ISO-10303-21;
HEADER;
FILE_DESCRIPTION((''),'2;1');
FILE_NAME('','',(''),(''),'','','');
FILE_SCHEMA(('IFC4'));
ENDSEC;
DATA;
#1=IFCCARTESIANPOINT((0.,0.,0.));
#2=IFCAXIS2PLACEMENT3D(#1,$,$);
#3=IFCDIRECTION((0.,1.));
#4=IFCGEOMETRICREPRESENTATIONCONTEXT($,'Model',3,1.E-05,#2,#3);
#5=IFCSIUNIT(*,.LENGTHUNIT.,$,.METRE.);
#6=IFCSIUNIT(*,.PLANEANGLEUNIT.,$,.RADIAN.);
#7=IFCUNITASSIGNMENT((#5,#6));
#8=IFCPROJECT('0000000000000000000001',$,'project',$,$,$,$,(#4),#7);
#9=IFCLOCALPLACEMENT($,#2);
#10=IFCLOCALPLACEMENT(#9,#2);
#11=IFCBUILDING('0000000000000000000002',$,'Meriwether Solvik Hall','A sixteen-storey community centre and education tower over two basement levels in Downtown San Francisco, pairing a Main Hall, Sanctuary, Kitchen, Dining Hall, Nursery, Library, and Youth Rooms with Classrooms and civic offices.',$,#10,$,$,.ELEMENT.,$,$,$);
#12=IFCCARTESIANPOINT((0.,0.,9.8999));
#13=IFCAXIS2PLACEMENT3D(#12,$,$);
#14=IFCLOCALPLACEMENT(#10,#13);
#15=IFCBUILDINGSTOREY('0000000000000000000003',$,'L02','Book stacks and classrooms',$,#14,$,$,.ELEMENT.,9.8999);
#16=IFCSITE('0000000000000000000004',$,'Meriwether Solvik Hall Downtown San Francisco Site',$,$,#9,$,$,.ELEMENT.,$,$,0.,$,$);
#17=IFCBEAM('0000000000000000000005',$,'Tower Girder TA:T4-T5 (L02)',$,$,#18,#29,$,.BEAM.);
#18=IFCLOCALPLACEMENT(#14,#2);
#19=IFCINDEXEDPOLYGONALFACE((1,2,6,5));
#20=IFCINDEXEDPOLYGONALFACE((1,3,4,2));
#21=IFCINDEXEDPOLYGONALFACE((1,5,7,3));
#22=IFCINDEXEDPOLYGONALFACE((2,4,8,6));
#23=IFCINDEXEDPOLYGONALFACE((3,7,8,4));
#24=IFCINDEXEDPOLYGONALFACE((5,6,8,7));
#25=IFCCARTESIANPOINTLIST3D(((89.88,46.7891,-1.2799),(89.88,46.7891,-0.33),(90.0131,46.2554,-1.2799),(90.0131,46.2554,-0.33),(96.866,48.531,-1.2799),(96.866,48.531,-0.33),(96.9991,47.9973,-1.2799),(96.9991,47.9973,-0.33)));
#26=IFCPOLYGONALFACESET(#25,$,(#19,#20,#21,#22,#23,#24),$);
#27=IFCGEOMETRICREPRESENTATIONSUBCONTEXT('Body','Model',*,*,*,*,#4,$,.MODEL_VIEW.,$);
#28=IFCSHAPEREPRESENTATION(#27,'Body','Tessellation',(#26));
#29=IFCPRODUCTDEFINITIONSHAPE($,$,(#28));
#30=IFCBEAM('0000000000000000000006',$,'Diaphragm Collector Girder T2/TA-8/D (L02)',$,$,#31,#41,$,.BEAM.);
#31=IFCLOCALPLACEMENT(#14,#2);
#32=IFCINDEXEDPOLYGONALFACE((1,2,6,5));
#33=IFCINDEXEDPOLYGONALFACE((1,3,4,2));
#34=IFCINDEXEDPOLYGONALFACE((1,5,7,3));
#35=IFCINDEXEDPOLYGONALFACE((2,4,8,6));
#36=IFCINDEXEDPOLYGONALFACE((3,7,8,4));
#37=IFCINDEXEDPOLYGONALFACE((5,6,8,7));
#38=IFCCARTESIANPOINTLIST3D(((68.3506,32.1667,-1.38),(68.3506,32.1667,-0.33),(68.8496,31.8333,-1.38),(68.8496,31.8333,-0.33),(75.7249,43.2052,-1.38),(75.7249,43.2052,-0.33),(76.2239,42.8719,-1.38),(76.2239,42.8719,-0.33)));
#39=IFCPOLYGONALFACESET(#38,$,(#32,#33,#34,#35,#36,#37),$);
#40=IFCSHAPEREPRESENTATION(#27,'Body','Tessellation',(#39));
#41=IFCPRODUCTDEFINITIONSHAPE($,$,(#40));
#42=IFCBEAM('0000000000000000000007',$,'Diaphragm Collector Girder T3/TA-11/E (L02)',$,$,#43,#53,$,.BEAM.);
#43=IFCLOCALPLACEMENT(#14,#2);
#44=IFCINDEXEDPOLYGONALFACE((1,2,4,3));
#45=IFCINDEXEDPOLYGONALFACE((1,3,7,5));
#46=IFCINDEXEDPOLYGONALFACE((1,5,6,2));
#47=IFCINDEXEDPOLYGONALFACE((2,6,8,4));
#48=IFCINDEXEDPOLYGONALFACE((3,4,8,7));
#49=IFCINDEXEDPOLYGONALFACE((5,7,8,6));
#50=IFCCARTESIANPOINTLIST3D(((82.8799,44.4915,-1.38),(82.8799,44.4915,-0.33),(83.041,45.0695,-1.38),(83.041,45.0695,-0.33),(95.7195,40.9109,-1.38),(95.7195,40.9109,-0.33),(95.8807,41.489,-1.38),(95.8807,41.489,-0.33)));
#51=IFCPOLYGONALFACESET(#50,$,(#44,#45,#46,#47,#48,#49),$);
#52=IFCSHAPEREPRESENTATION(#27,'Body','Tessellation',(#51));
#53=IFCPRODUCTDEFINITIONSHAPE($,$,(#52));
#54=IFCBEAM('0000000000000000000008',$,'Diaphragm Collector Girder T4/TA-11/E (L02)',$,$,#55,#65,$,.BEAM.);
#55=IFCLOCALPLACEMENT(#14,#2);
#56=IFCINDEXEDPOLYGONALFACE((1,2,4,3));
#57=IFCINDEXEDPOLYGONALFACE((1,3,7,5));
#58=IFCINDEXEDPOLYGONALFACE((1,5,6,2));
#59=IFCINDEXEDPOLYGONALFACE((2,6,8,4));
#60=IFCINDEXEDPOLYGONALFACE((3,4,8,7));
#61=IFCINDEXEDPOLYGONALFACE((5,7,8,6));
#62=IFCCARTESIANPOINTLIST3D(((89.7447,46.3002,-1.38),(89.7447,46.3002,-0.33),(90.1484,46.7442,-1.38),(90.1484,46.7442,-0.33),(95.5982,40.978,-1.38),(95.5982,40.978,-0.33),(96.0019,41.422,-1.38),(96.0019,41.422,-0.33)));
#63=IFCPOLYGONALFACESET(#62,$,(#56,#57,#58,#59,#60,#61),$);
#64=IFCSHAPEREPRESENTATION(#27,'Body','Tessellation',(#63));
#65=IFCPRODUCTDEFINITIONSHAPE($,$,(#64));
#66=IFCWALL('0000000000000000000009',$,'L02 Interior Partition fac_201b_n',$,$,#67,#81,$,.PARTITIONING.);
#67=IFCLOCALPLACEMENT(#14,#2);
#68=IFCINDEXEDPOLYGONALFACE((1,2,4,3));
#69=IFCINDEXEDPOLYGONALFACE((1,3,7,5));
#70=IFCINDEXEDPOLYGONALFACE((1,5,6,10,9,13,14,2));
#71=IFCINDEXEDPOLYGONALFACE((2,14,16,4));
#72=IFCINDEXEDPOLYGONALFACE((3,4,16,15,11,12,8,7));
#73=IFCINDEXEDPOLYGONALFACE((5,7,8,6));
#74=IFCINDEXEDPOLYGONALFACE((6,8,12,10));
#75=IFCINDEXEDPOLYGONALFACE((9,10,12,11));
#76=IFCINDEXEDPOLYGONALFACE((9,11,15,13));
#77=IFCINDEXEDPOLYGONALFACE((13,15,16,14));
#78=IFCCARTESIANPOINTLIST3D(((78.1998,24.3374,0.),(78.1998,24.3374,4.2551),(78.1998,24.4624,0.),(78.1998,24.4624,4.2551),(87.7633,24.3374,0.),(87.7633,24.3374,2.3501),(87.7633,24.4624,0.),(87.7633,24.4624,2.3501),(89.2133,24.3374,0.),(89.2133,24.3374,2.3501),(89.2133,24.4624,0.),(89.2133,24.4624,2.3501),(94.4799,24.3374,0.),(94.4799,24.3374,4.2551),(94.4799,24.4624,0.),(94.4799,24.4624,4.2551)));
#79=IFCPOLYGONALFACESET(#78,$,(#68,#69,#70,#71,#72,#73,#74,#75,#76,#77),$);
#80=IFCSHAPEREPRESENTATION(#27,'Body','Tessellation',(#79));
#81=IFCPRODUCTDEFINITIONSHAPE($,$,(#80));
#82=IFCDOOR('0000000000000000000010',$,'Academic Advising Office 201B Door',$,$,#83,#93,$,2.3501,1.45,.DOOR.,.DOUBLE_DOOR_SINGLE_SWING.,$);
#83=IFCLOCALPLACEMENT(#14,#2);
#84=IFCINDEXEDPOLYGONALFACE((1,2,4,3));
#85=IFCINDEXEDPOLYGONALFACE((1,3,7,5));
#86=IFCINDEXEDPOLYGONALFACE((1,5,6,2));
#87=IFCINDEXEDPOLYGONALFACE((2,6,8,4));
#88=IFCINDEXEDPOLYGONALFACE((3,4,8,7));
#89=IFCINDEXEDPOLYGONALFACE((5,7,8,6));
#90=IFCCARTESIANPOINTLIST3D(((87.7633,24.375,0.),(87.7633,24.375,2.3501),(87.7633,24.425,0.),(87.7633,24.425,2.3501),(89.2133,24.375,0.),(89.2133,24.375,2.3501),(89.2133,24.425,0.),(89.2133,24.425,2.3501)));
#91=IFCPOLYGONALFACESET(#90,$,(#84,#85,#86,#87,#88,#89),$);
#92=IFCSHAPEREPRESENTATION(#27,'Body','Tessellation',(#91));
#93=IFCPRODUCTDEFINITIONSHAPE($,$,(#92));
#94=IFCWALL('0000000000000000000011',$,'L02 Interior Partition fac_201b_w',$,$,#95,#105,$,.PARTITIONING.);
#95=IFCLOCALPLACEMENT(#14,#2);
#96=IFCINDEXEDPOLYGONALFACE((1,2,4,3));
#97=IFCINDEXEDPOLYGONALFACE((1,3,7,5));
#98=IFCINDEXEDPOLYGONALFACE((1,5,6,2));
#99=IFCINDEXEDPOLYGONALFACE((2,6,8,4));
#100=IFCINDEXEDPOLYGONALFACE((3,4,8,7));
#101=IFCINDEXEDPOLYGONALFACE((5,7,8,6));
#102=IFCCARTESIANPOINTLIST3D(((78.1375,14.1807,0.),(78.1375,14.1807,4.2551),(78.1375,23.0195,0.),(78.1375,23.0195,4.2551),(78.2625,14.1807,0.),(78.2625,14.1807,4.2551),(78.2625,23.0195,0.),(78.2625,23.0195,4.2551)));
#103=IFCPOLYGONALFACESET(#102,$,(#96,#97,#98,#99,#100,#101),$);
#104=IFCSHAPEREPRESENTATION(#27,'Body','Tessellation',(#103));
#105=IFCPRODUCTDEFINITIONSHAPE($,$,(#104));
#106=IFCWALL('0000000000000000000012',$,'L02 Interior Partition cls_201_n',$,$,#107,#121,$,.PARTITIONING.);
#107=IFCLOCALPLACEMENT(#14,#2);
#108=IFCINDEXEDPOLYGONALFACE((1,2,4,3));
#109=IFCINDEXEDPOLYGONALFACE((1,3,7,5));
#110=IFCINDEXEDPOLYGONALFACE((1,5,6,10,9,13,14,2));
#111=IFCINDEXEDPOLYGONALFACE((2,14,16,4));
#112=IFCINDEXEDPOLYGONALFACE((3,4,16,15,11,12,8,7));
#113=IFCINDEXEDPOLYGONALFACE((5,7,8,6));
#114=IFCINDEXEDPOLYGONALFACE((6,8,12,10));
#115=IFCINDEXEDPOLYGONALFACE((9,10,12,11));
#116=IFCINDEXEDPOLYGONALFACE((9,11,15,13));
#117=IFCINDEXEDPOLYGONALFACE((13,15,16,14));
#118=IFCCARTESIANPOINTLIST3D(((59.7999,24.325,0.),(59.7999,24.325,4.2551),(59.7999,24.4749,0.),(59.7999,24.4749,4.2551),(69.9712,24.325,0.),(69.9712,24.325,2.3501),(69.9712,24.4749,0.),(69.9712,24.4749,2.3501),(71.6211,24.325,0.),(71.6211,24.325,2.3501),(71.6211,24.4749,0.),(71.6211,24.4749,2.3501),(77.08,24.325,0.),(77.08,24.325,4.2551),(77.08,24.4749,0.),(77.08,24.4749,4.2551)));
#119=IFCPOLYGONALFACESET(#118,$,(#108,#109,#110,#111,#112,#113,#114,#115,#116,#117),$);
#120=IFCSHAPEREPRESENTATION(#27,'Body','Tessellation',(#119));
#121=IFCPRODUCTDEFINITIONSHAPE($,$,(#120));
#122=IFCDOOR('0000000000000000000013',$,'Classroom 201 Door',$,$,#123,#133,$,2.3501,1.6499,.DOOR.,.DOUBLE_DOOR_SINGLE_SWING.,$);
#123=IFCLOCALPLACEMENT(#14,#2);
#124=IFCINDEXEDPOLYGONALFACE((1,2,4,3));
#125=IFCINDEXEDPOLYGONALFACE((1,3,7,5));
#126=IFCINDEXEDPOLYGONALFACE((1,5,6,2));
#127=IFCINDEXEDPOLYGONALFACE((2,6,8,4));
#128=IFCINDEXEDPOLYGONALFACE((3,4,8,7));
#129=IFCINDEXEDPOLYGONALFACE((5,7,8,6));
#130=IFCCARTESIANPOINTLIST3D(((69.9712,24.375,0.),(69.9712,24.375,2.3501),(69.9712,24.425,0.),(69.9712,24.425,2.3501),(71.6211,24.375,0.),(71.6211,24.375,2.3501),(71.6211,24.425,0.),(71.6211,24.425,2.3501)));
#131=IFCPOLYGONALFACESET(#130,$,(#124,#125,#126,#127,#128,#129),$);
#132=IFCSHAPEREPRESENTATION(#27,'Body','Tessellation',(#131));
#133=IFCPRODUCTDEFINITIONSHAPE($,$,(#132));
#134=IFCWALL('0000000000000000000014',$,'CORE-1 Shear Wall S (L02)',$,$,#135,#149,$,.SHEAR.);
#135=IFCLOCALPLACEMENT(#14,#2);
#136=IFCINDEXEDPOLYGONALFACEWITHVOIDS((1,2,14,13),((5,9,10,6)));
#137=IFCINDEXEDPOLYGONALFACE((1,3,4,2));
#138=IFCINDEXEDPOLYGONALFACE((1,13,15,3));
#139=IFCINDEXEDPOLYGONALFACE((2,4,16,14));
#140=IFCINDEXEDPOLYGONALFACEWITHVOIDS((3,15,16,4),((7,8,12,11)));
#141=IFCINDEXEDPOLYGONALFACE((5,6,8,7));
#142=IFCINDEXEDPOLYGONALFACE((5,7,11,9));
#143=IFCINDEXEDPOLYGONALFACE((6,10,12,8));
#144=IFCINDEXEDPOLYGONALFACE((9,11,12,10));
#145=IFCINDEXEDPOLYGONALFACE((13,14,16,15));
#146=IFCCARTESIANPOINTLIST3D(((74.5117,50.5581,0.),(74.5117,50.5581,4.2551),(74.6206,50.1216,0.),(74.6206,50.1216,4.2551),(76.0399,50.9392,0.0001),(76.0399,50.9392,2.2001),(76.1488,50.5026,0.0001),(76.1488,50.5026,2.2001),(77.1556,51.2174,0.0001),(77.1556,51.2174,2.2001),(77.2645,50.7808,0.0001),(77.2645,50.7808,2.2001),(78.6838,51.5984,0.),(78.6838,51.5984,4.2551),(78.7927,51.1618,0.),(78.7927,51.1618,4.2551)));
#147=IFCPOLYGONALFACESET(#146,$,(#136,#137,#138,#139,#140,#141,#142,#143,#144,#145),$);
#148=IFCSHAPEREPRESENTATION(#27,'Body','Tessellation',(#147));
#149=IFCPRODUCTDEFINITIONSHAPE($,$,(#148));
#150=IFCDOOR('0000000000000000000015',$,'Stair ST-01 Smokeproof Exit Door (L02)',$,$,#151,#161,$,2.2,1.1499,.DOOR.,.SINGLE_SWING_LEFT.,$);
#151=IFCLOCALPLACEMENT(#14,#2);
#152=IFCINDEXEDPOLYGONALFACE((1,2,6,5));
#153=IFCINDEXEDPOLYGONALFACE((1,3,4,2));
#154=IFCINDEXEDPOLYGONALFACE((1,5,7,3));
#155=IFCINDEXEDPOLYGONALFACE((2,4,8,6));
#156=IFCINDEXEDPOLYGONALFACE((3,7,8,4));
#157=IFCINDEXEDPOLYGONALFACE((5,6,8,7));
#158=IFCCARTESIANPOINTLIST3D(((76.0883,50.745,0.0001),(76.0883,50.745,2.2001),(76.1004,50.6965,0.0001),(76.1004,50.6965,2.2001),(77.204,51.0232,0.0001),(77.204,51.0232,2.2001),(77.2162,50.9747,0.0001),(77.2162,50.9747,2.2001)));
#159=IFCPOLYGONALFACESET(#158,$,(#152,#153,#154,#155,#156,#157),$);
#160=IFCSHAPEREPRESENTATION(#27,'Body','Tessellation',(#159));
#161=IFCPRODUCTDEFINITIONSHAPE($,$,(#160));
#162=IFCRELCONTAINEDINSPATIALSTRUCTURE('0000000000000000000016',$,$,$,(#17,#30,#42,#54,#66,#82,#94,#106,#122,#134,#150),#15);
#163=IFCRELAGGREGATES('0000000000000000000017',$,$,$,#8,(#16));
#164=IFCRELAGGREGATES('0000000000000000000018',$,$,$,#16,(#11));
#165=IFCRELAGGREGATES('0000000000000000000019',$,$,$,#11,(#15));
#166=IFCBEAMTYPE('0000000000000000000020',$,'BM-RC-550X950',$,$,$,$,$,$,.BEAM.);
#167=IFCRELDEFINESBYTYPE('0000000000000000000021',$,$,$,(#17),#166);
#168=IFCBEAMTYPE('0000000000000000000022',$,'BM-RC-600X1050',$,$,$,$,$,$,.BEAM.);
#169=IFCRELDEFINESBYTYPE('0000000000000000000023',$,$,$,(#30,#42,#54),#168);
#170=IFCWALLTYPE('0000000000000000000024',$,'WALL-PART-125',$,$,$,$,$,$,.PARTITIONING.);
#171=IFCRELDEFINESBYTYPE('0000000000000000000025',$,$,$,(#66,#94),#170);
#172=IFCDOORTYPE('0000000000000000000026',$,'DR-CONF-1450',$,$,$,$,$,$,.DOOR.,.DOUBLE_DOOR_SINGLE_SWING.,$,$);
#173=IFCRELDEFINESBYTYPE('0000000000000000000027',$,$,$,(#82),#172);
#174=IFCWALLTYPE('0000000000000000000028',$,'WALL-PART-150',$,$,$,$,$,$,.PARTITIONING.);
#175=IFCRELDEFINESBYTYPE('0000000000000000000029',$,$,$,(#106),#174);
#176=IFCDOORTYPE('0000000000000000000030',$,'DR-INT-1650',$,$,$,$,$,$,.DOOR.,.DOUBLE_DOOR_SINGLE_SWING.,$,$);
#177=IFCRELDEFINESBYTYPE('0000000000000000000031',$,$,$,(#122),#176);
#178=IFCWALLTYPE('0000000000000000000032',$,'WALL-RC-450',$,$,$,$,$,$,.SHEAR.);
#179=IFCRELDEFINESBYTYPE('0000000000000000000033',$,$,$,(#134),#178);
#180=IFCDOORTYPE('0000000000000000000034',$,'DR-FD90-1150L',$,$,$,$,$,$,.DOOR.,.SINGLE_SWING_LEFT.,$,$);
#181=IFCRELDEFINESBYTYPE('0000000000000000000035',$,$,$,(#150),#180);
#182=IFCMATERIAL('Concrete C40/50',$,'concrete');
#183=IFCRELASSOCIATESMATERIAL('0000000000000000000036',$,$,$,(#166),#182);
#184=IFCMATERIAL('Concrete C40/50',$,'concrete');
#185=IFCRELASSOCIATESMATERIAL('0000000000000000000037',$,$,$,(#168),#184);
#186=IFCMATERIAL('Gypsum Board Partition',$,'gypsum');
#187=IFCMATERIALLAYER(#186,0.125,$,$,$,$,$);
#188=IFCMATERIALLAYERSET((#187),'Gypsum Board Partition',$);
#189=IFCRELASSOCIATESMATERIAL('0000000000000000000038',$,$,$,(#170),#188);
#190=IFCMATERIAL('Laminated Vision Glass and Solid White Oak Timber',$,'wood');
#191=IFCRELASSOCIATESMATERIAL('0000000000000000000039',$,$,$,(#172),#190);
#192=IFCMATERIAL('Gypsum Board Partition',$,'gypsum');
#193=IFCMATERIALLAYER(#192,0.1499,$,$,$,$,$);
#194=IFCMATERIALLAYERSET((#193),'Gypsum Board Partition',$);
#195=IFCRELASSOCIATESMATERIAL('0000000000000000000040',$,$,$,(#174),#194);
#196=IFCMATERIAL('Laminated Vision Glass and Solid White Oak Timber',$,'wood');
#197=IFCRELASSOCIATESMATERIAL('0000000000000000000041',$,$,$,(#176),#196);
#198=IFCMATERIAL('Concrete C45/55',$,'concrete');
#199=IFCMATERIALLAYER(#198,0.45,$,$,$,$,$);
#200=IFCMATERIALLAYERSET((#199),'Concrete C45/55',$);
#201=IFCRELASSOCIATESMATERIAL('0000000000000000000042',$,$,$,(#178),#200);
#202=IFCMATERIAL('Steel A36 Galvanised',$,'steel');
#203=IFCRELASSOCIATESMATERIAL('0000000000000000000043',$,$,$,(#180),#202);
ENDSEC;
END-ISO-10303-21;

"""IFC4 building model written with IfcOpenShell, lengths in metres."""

from ifc_helpers import new_model, si_unit, direction, frame, frame_2d, origin, origin_2d, place, context, subcontext, project, spatial, rectangle, extrude, material, layer, layer_set, material_profile, profile_set, type_object, element, fill, save


model = new_model("IFC4")

# Units and contexts
model_context = context("Model", 3, precision=1e-05, world=origin(), true_north=direction((0.0, 1.0)))
body_context = subcontext(model_context, "Body", "Model", "MODEL_VIEW")
ifc_project = project(units=[si_unit("LENGTHUNIT", "METRE"), si_unit("PLANEANGLEUNIT", "RADIAN")], contexts=[model_context])

# Site, building, storey
site_placement = place(None, origin())
site = spatial("IfcSite", under=ifc_project, at=site_placement, Name="Meriwether Solvik Hall Downtown San Francisco Site", CompositionType="ELEMENT", RefElevation=0.0)
building_placement = place(site_placement, origin())
building = spatial("IfcBuilding", under=site, at=building_placement, Name="Meriwether Solvik Hall", Description="A sixteen-storey community centre and education tower over two basement levels in Downtown San Francisco, pairing a Main Hall, Sanctuary, Kitchen, Dining Hall, Nursery, Library, and Youth Rooms with Classrooms and civic offices.", CompositionType="ELEMENT")
storey_placement = place(building_placement, frame((0.0, 0.0, 9.8999)))
storey = spatial("IfcBuildingStorey", under=building, at=storey_placement, Name="L02", Description="Book stacks and classrooms", CompositionType="ELEMENT", Elevation=9.8999)

# Beams
ifc_material_1 = material(Name="Concrete C40/50", Category="concrete")
ifc_material_profile_1 = material_profile(ifc_material_1, rectangle(XDim=0.55, YDim=0.95, at=origin_2d()), Name="RCB-550X950")
ifc_profile_set_1 = profile_set([ifc_material_profile_1], Name="Concrete C40/50")
beam_type_1 = type_object("IfcBeamType", Name="BM-RC-550X950", PredefinedType="BEAM", material=ifc_profile_set_1)
for number, where, z_axis, x_axis, name in (
    (1, (89.9465, 46.5222, -0.8049), (0.970292, 0.241937, 0.0), (-0.241937, 0.970292, 0.0), "Tower Girder TA:T4-T5 (L02)"),
):
    element("IfcBeam", number, at=place(storey_placement, frame(where, z_axis=z_axis, x_axis=x_axis)), inside=storey, type_object=beam_type_1, Name=name, PredefinedType="BEAM", context=body_context, shape_type="SweptSolid", body=[
        extrude(rectangle(XDim=0.55, YDim=0.95, at=origin_2d()), origin(), (0.0, 0.0, 1.0), 7.2),
    ])
ifc_material_2 = material(Name="Concrete C40/50", Category="concrete")
ifc_material_profile_2 = material_profile(ifc_material_2, rectangle(XDim=0.6001, YDim=1.05, at=origin_2d()), Name="RCB-600X1050")
ifc_profile_set_2 = profile_set([ifc_material_profile_2], Name="Concrete C40/50")
beam_type_2 = type_object("IfcBeamType", Name="BM-RC-600X1050", PredefinedType="BEAM", material=ifc_profile_set_2)
beam_1_placement = place(storey_placement, frame((75.9744, 43.0386, -0.855), z_axis=(-0.555494, -0.831521, 0.0), x_axis=(0.831521, -0.555494, 0.0)))
element("IfcBeam", 2, at=beam_1_placement, inside=storey, type_object=beam_type_2, Name="Diaphragm Collector Girder T2/TA-8/D (L02)", PredefinedType="BEAM", context=body_context, shape_type="SweptSolid", body=[
    extrude(rectangle(XDim=0.6001, YDim=1.05, at=origin_2d()), origin(), (0.0, 0.0, 1.0), 13.2751),
])
beam_2_placement = place(storey_placement, frame((82.9604, 44.7805, -0.855), z_axis=(0.963246, -0.26862, 0.0), x_axis=(0.26862, 0.963246, 0.0)))
element("IfcBeam", 3, at=beam_2_placement, inside=storey, type_object=beam_type_2, Name="Diaphragm Collector Girder T3/TA-11/E (L02)", PredefinedType="BEAM", context=body_context, shape_type="SweptSolid", body=[
    extrude(rectangle(XDim=0.6001, YDim=1.05, at=origin_2d()), origin(), (0.0, 0.0, 1.0), 13.3296),
])
beam_3_placement = place(storey_placement, frame((89.9465, 46.5222, -0.855), z_axis=(0.739884, -0.672734, 0.0), x_axis=(0.672734, 0.739884, 0.0)))
element("IfcBeam", 4, at=beam_3_placement, inside=storey, type_object=beam_type_2, Name="Diaphragm Collector Girder T4/TA-11/E (L02)", PredefinedType="BEAM", context=body_context, shape_type="SweptSolid", body=[
    extrude(rectangle(XDim=0.6001, YDim=1.05, at=origin_2d()), origin(), (0.0, 0.0, 1.0), 7.9114),
])

# Wall, opening, door
ifc_material_3 = material(Name="Gypsum Board Partition", Category="gypsum")
ifc_layer_1 = layer(ifc_material_3, 0.125)
ifc_layer_set_1 = layer_set([ifc_layer_1], Name="Gypsum Board Partition")
wall_type_1 = type_object("IfcWallType", Name="WALL-PART-125", PredefinedType="PARTITIONING", material=ifc_layer_set_1)
wall_1_placement = place(storey_placement, frame((94.48, 24.3999, 0.0), z_axis=(0.0, 0.0, 1.0), x_axis=(-1.0, 0.0, 0.0)))
wall_1 = element("IfcWall", 5, at=wall_1_placement, inside=storey, type_object=wall_type_1, Name="L02 Interior Partition fac_201b_n", PredefinedType="PARTITIONING", context=body_context, shape_type="SweptSolid", body=[
    extrude(rectangle(XDim=16.28, YDim=0.125, at=frame_2d((8.1401, 0.0))), origin(), (0.0, 0.0, 1.0), 4.2551),
])
opening_1_placement = place(wall_1_placement, frame((5.2666, 0.0, 0.0)))
opening_1 = element("IfcOpeningElement", 6, at=opening_1_placement, cuts=wall_1, PredefinedType="OPENING", context=body_context, shape_type="SweptSolid", body=[
    extrude(rectangle(XDim=1.45, YDim=2.3501, at=frame_2d((0.7251, 1.175))), frame((0.0, 0.0745, 0.0), z_axis=(0.0, -1.0, 0.0), x_axis=(1.0, 0.0, 0.0)), (0.0, 0.0, 1.0), 0.1489),
])
ifc_material_4 = material(Name="Laminated Vision Glass and Solid White Oak Timber", Category="wood")
door_type_1 = type_object("IfcDoorType", Name="DR-CONF-1450", OperationType="DOUBLE_DOOR_SINGLE_SWING", PredefinedType="DOOR", material=ifc_material_4)
door_1_placement = place(opening_1_placement, origin())
door_1 = element("IfcDoor", 7, at=door_1_placement, inside=storey, type_object=door_type_1, Name="Academic Advising Office 201B Door", OperationType="DOUBLE_DOOR_SINGLE_SWING", OverallHeight=2.3501, OverallWidth=1.45, PredefinedType="DOOR", context=body_context, shape_type="SweptSolid", body=[
    extrude(rectangle(XDim=1.45, YDim=2.3501, at=frame_2d((0.7251, 1.175))), frame((0.0, 0.0249, 0.0), z_axis=(0.0, -1.0, 0.0), x_axis=(1.0, 0.0, 0.0)), (0.0, 0.0, 1.0), 0.05),
])
fill(opening_1, door_1)

# Wall
wall_2_placement = place(storey_placement, frame((78.2, 23.0195, 0.0), z_axis=(0.0, 0.0, 1.0), x_axis=(0.0, -1.0, 0.0)))
element("IfcWall", 8, at=wall_2_placement, inside=storey, type_object=wall_type_1, Name="L02 Interior Partition fac_201b_w", PredefinedType="PARTITIONING", context=body_context, shape_type="SweptSolid", body=[
    extrude(rectangle(XDim=8.8389, YDim=0.125, at=frame_2d((4.4194, 0.0))), origin(), (0.0, 0.0, 1.0), 4.2551),
])

# Walls, openings, doors
ifc_material_5 = material(Name="Gypsum Board Partition", Category="gypsum")
ifc_layer_2 = layer(ifc_material_5, 0.1499)
ifc_layer_set_2 = layer_set([ifc_layer_2], Name="Gypsum Board Partition")
wall_type_2 = type_object("IfcWallType", Name="WALL-PART-150", PredefinedType="PARTITIONING", material=ifc_layer_set_2)
wall_3_placement = place(storey_placement, frame((77.0801, 24.3999, 0.0), z_axis=(0.0, 0.0, 1.0), x_axis=(-1.0, 0.0, 0.0)))
wall_3 = element("IfcWall", 9, at=wall_3_placement, inside=storey, type_object=wall_type_2, Name="L02 Interior Partition cls_201_n", PredefinedType="PARTITIONING", context=body_context, shape_type="SweptSolid", body=[
    extrude(rectangle(XDim=17.28, YDim=0.1499, at=frame_2d((8.6401, 0.0))), origin(), (0.0, 0.0, 1.0), 4.2551),
])
opening_2_placement = place(wall_3_placement, frame((5.459, 0.0, 0.0)))
opening_2 = element("IfcOpeningElement", 10, at=opening_2_placement, cuts=wall_3, PredefinedType="OPENING", context=body_context, shape_type="SweptSolid", body=[
    extrude(rectangle(XDim=1.6499, YDim=2.3501, at=frame_2d((0.825, 1.175))), frame((0.0, 0.0869, 0.0), z_axis=(0.0, -1.0, 0.0), x_axis=(1.0, 0.0, 0.0)), (0.0, 0.0, 1.0), 0.1738),
])
ifc_material_6 = material(Name="Laminated Vision Glass and Solid White Oak Timber", Category="wood")
door_type_2 = type_object("IfcDoorType", Name="DR-INT-1650", OperationType="DOUBLE_DOOR_SINGLE_SWING", PredefinedType="DOOR", material=ifc_material_6)
door_2_placement = place(opening_2_placement, origin())
door_2 = element("IfcDoor", 11, at=door_2_placement, inside=storey, type_object=door_type_2, Name="Classroom 201 Door", OperationType="DOUBLE_DOOR_SINGLE_SWING", OverallHeight=2.3501, OverallWidth=1.6499, PredefinedType="DOOR", context=body_context, shape_type="SweptSolid", body=[
    extrude(rectangle(XDim=1.6499, YDim=2.3501, at=frame_2d((0.825, 1.175))), frame((0.0, 0.0249, 0.0), z_axis=(0.0, -1.0, 0.0), x_axis=(1.0, 0.0, 0.0)), (0.0, 0.0, 1.0), 0.05),
])
fill(opening_2, door_2)
ifc_material_7 = material(Name="Concrete C45/55", Category="concrete")
ifc_layer_3 = layer(ifc_material_7, 0.45)
ifc_layer_set_3 = layer_set([ifc_layer_3], Name="Concrete C45/55")
wall_type_3 = type_object("IfcWallType", Name="WALL-RC-450", PredefinedType="SHEAR", material=ifc_layer_set_3)
wall_4_placement = place(storey_placement, frame((74.5662, 50.3398, 0.0), z_axis=(0.0, 0.0, 1.0), x_axis=(0.970293, 0.241934, 0.0)))
wall_4 = element("IfcWall", 12, at=wall_4_placement, inside=storey, type_object=wall_type_3, Name="CORE-1 Shear Wall S (L02)", PredefinedType="SHEAR", context=body_context, shape_type="SweptSolid", body=[
    extrude(rectangle(XDim=4.2998, YDim=0.45, at=frame_2d((2.1499, 0.0))), origin(), (0.0, 0.0, 1.0), 4.2551),
])
opening_3_placement = place(wall_4_placement, frame((1.575, 0.0, 0.0)))
opening_3 = element("IfcOpeningElement", 13, at=opening_3_placement, cuts=wall_4, PredefinedType="OPENING", context=body_context, shape_type="SweptSolid", body=[
    extrude(rectangle(XDim=1.1499, YDim=2.2, at=frame_2d((0.575, 1.1001))), frame((0.0, 0.2368, 0.0), z_axis=(0.0, -1.0, 0.0), x_axis=(1.0, 0.0, 0.0)), (0.0, 0.0, 1.0), 0.4739),
])
ifc_material_8 = material(Name="Steel A36 Galvanised", Category="steel")
door_type_3 = type_object("IfcDoorType", Name="DR-FD90-1150L", OperationType="SINGLE_SWING_LEFT", PredefinedType="DOOR", material=ifc_material_8)
door_3_placement = place(opening_3_placement, origin())
door_3 = element("IfcDoor", 14, at=door_3_placement, inside=storey, type_object=door_type_3, Name="Stair ST-01 Smokeproof Exit Door (L02)", OperationType="SINGLE_SWING_LEFT", OverallHeight=2.2, OverallWidth=1.1499, PredefinedType="DOOR", context=body_context, shape_type="SweptSolid", body=[
    extrude(rectangle(XDim=1.1499, YDim=2.2, at=frame_2d((0.575, 1.1001))), frame((0.0, 0.0249, 0.0), z_axis=(0.0, -1.0, 0.0), x_axis=(1.0, 0.0, 0.0)), (0.0, 0.0, 1.0), 0.05),
])
fill(opening_3, door_3)

save(model, "model.ifc")
